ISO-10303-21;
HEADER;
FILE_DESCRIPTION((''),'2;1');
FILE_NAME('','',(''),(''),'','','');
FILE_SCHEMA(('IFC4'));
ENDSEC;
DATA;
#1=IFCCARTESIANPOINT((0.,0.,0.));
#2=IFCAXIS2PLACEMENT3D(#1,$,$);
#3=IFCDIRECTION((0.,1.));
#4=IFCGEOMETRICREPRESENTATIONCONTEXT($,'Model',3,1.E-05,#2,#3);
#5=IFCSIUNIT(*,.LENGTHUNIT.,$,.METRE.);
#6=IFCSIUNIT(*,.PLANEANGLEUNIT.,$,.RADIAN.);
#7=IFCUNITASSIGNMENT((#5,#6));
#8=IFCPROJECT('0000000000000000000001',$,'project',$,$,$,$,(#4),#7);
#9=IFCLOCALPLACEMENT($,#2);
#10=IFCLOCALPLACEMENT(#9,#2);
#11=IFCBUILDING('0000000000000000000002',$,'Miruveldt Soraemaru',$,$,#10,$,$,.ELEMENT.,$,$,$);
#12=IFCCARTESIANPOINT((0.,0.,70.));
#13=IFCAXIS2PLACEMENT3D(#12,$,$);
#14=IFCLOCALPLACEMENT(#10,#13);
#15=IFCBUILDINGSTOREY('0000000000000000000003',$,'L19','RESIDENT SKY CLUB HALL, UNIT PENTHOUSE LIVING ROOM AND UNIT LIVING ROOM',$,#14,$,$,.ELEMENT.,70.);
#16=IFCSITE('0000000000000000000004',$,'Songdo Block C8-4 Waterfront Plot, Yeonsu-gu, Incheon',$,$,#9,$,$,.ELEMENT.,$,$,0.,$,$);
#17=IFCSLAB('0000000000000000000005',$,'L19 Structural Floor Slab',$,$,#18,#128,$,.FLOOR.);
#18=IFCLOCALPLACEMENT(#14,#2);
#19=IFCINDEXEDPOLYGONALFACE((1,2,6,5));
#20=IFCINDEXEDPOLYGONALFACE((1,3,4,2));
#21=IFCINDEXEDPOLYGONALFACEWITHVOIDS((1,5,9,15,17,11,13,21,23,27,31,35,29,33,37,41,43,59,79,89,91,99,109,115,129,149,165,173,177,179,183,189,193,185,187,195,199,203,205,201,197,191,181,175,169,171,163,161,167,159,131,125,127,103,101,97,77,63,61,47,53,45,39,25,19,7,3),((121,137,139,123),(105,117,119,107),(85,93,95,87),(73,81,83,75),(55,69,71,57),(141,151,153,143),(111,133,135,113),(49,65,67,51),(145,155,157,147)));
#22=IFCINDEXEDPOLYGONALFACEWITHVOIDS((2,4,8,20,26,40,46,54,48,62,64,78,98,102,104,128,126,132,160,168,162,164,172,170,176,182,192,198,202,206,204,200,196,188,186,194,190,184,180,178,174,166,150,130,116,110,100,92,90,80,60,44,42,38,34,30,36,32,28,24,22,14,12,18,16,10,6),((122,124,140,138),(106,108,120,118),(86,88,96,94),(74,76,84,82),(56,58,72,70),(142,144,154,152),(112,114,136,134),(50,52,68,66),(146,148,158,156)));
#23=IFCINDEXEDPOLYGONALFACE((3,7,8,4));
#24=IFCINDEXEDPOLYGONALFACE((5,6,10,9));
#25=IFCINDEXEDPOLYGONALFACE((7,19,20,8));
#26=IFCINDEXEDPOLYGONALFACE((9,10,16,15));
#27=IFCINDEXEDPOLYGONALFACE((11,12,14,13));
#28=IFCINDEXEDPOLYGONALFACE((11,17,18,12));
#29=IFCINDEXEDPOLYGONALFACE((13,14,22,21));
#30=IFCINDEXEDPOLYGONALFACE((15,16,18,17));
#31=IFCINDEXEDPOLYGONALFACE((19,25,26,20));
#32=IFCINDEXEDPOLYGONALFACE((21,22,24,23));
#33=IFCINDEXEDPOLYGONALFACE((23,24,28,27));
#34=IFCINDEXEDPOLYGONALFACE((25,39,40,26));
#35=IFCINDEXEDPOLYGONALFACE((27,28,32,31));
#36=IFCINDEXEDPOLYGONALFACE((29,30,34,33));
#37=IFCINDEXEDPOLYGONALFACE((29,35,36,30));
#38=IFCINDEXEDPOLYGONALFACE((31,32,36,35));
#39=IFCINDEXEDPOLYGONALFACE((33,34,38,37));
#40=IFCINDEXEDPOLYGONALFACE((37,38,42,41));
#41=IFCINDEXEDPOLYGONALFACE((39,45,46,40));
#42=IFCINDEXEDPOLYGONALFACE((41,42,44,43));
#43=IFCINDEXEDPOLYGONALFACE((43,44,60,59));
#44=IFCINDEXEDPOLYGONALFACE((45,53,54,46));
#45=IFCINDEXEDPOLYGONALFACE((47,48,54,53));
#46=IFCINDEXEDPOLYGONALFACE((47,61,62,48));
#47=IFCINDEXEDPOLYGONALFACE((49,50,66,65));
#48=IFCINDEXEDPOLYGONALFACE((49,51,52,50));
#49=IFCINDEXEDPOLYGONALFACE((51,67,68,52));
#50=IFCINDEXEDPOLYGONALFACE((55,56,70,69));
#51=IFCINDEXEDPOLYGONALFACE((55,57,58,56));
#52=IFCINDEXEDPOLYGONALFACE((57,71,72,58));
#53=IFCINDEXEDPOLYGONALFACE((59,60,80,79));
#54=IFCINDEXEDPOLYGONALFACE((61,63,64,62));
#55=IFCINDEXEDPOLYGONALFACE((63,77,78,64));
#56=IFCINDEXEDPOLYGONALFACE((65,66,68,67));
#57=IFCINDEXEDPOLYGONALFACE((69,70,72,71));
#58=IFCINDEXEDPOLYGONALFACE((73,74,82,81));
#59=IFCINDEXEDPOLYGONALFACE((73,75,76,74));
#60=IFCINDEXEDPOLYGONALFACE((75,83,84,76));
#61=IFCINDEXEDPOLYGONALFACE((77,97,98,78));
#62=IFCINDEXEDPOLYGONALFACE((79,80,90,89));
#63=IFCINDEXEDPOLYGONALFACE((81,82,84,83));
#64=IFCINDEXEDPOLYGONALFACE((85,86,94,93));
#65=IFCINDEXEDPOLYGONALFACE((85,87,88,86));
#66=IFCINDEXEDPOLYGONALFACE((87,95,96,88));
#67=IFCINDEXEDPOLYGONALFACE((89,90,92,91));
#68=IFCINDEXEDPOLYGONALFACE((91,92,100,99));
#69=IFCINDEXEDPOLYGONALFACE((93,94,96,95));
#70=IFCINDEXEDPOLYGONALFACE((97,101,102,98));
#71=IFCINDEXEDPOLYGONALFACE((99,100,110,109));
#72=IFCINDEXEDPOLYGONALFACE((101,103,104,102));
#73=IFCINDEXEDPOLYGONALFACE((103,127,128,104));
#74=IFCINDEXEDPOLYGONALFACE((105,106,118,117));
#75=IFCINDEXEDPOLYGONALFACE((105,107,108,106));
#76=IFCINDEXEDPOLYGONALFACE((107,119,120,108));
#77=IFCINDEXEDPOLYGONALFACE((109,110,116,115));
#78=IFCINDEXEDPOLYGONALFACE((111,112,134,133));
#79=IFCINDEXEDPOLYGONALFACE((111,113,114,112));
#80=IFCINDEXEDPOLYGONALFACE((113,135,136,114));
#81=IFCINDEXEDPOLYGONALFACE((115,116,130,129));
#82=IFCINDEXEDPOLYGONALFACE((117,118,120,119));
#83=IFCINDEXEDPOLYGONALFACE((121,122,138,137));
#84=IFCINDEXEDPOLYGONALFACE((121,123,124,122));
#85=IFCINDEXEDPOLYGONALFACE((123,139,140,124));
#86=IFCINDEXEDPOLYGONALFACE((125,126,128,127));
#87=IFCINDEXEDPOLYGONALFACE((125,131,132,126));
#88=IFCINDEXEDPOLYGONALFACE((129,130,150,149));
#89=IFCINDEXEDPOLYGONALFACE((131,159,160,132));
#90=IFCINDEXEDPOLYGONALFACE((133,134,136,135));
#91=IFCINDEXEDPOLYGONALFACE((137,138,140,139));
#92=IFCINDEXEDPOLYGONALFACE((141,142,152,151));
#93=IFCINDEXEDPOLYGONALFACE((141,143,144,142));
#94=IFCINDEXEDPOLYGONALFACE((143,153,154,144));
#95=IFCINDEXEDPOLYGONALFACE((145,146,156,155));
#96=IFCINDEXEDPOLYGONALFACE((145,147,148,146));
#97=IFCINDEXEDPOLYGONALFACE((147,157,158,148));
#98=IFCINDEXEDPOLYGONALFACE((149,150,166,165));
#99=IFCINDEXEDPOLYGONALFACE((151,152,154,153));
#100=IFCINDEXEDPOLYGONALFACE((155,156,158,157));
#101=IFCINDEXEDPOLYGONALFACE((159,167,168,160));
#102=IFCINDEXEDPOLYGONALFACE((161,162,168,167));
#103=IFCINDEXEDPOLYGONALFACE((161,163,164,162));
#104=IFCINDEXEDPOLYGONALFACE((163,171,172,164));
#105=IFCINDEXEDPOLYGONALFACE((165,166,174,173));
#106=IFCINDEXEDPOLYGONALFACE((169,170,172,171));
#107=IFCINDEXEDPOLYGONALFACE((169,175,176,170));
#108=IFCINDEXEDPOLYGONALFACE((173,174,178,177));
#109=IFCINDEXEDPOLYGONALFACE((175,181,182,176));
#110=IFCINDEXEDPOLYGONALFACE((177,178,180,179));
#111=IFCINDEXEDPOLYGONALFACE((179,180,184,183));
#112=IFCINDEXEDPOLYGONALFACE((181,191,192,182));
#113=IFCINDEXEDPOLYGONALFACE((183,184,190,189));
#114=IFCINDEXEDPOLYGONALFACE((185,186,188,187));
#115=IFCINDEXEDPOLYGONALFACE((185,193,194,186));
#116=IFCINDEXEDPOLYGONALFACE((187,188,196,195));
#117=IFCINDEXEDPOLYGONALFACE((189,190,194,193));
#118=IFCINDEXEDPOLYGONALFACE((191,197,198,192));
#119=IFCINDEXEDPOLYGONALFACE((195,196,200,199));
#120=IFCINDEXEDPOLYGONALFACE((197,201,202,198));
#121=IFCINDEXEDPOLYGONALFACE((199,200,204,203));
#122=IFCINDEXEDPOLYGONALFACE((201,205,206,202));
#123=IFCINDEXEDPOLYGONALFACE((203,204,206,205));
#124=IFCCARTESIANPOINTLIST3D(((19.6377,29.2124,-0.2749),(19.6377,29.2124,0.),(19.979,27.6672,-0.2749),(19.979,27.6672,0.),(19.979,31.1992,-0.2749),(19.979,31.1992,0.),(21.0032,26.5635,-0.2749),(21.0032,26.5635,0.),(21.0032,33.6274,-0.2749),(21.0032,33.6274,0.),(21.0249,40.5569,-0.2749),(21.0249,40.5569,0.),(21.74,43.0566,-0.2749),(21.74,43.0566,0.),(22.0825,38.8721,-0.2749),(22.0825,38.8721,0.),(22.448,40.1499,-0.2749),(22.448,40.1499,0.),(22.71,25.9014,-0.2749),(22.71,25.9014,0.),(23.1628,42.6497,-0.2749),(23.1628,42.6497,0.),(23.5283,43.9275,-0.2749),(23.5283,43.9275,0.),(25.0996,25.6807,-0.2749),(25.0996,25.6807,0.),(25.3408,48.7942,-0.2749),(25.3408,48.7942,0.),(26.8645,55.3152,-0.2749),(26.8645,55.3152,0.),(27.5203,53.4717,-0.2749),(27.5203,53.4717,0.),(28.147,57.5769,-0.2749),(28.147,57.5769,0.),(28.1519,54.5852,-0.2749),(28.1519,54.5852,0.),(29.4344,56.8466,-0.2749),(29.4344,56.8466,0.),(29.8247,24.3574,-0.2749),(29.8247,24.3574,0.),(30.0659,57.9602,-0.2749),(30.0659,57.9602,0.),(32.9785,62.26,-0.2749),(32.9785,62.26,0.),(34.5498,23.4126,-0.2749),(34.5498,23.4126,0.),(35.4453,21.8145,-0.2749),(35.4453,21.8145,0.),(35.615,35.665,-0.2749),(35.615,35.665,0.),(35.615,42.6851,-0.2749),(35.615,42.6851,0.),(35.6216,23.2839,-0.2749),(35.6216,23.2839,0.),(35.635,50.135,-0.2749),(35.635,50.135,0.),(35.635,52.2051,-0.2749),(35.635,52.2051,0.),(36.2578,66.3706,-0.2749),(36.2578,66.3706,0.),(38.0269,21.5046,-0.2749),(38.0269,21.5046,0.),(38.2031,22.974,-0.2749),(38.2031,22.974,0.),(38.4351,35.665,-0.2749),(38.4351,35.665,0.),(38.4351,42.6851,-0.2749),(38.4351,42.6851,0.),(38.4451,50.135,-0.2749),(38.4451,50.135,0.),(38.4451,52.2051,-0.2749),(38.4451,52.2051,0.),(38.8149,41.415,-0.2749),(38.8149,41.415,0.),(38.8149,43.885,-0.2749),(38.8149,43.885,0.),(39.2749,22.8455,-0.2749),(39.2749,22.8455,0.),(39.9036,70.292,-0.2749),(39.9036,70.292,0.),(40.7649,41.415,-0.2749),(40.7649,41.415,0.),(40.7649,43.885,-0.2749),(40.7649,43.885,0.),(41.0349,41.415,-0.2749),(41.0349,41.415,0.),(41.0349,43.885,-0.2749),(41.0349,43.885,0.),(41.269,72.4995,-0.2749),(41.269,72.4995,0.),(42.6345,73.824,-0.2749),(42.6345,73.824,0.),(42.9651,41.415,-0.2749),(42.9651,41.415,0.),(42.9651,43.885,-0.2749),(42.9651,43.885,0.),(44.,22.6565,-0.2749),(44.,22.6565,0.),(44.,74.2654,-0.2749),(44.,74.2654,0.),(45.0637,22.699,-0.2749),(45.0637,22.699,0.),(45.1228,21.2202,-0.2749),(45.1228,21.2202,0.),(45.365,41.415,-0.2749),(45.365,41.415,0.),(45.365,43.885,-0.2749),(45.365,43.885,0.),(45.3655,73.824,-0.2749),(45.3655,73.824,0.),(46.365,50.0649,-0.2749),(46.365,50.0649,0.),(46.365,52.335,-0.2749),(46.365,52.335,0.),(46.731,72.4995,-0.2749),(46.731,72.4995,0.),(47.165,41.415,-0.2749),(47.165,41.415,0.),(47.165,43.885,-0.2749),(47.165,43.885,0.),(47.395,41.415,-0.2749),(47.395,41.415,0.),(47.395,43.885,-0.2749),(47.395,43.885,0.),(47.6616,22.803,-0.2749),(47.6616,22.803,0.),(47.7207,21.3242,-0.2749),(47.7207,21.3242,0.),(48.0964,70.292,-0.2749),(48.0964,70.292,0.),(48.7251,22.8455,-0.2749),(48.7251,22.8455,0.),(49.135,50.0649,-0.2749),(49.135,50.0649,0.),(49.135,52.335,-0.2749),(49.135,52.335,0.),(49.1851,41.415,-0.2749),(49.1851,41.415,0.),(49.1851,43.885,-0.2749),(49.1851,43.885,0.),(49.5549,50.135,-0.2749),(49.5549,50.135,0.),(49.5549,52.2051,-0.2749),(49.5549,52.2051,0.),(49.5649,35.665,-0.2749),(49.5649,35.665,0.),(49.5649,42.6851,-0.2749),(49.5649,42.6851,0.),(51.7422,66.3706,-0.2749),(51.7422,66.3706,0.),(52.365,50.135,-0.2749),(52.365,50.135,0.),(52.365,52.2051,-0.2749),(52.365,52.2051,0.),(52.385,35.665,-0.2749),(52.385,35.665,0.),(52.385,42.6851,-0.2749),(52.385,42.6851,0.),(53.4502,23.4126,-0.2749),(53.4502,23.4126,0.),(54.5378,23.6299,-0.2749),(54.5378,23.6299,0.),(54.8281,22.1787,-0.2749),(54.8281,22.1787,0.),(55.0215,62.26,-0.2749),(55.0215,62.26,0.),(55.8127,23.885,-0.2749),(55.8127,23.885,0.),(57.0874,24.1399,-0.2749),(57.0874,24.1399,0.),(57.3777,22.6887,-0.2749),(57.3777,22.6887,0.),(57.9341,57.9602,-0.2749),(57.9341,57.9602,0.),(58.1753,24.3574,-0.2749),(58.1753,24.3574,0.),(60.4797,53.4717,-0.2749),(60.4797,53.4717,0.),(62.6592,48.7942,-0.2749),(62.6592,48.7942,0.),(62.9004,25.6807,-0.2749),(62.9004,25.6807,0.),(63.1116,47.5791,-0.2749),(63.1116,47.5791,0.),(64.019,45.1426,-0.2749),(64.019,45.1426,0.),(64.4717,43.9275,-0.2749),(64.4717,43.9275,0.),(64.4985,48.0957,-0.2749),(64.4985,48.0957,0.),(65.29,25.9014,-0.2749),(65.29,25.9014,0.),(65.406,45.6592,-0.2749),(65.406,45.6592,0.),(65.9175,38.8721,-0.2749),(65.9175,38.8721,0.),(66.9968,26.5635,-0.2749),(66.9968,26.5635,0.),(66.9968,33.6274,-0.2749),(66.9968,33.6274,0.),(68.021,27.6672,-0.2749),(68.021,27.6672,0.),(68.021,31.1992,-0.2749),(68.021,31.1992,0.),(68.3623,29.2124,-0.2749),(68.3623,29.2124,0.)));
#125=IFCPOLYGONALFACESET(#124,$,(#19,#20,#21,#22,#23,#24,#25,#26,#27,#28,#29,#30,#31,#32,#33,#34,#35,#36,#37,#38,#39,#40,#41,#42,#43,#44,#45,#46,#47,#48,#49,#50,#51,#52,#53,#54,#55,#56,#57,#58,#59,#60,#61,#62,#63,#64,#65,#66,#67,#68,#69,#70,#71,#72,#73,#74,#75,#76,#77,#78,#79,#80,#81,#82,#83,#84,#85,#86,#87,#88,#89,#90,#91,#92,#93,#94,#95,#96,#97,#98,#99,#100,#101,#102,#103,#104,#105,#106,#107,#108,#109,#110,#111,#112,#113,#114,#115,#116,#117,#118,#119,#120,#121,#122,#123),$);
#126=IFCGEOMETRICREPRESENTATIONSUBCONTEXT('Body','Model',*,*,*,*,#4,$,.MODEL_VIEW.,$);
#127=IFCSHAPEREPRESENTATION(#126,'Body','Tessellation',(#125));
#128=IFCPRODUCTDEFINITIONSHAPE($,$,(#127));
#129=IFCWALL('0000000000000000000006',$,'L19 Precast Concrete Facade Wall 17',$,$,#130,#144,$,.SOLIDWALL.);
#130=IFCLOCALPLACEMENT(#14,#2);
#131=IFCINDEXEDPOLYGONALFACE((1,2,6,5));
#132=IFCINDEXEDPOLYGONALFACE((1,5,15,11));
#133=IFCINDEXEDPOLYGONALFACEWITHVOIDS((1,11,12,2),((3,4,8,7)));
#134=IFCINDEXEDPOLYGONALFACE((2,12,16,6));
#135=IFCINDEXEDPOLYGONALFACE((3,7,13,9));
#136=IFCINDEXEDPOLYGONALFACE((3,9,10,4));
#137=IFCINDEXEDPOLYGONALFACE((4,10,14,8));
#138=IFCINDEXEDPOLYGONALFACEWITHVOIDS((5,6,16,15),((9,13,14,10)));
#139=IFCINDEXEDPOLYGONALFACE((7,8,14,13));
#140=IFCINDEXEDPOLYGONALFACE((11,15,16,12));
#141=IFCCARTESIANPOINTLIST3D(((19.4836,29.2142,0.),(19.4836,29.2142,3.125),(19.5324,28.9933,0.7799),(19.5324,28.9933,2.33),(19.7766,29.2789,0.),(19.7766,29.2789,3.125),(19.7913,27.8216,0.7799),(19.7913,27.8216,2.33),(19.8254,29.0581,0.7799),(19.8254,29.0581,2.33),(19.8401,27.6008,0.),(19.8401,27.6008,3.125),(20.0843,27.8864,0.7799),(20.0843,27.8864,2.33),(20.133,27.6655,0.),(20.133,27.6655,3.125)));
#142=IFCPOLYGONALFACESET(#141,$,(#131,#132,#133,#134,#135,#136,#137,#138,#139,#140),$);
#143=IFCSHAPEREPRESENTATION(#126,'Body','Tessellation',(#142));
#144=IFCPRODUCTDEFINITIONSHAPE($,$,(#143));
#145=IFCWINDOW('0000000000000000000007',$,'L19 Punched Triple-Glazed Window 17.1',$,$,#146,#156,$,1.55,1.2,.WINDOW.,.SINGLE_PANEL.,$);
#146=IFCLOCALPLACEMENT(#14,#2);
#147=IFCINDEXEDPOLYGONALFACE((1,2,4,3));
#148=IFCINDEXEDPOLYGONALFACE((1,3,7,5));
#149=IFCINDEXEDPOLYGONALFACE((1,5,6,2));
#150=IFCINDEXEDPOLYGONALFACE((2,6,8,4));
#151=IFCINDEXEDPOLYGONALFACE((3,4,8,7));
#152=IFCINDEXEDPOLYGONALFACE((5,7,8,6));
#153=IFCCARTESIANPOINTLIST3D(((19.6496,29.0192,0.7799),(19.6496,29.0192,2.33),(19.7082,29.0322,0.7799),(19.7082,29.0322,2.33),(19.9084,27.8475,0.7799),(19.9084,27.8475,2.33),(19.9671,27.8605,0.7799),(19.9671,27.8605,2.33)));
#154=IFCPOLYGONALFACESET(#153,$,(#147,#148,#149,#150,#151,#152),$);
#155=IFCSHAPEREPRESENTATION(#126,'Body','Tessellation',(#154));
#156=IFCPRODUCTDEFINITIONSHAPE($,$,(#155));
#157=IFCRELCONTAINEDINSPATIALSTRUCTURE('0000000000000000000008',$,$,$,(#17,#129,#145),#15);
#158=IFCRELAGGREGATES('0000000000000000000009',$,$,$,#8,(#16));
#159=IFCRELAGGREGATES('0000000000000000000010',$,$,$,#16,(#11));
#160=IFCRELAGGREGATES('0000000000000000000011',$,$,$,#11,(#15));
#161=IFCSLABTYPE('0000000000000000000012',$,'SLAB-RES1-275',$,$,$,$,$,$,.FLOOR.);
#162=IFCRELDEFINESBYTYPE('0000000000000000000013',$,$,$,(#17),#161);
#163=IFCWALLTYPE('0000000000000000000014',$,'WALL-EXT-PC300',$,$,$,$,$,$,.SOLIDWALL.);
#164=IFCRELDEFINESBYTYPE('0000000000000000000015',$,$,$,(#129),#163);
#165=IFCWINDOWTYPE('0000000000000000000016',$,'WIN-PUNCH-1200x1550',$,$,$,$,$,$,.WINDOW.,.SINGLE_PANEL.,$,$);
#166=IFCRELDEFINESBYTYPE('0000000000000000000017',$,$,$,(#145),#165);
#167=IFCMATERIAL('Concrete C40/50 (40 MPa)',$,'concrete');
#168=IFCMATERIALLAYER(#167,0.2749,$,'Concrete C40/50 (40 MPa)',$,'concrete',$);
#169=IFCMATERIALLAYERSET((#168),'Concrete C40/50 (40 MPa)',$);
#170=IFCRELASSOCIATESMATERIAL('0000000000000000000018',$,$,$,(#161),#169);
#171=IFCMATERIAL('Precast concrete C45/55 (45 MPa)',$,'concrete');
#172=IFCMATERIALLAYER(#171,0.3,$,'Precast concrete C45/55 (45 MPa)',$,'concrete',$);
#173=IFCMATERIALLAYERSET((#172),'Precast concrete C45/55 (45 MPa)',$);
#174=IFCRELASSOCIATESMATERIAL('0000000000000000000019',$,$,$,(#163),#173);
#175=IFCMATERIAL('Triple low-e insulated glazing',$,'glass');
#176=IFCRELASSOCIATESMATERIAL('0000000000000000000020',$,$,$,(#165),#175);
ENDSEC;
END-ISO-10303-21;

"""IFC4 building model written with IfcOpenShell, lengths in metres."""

from ifc_helpers import new_model, si_unit, direction, frame, frame_2d, origin, place, context, subcontext, project, spatial, polyline, rectangle, outline, extrude, material, layer, layer_set, type_object, element, fill, save


model = new_model("IFC4")

# Units and contexts
model_context = context("Model", 3, precision=1e-05, world=origin(), true_north=direction((0.0, 1.0)))
body_context = subcontext(model_context, "Body", "Model", "MODEL_VIEW")
ifc_project = project(units=[si_unit("LENGTHUNIT", "METRE"), si_unit("PLANEANGLEUNIT", "RADIAN")], contexts=[model_context])

# Site, building, storey
site_placement = place(None, origin())
site = spatial("IfcSite", under=ifc_project, at=site_placement, Name="Songdo Block C8-4 Waterfront Plot, Yeonsu-gu, Incheon", CompositionType="ELEMENT", RefElevation=0.0)
building_placement = place(site_placement, origin())
building = spatial("IfcBuilding", under=site, at=building_placement, Name="Miruveldt Soraemaru", CompositionType="ELEMENT")
storey_placement = place(building_placement, frame((0.0, 0.0, 70.0)))
storey = spatial("IfcBuildingStorey", under=building, at=storey_placement, Name="L19", Description="RESIDENT SKY CLUB HALL, UNIT PENTHOUSE LIVING ROOM AND UNIT LIVING ROOM", CompositionType="ELEMENT", Elevation=70.0)

# Shared definitions
ifc_material_1 = material(Name="Concrete C40/50 (40 MPa)", Category="concrete")

# Slab
ifc_layer_1 = layer(ifc_material_1, 0.2749, Name="Concrete C40/50 (40 MPa)", Category="concrete")
ifc_layer_set_1 = layer_set([ifc_layer_1], Name="Concrete C40/50 (40 MPa)")
slab_type_1 = type_object("IfcSlabType", Name="SLAB-RES1-275", PredefinedType="FLOOR", material=ifc_layer_set_1)
slab_1_placement = place(storey_placement, frame((0.0, 0.0, -0.2749)))
element("IfcSlab", 1, at=slab_1_placement, inside=storey, type_object=slab_type_1, Name="L19 Structural Floor Slab", PredefinedType="FLOOR", context=body_context, shape_type="SweptSolid", body=[
    extrude(outline(polyline([(45.1228, 21.2202), (45.0637, 22.699), (46.3625, 22.751), (44.0, 22.6565), (39.2749, 22.8455), (36.9124, 23.1289), (38.2031, 22.9741), (38.0269, 21.5046), (35.4453, 21.8145), (35.6216, 23.2839), (34.5498, 23.4126), (29.8247, 24.3574), (25.0996, 25.6807), (22.71, 25.9014), (21.0032, 26.5635), (19.979, 27.6672), (19.6377, 29.2124), (19.979, 31.1992), (21.0032, 33.6274), (22.0825, 38.8721), (22.8054, 41.3999), (22.448, 40.1499), (21.0249, 40.5569), (21.74, 43.0566), (23.1628, 42.6497), (23.5283, 43.9275), (25.3408, 48.7942), (27.5203, 53.4717), (28.1519, 54.5852), (26.8645, 55.3152), (28.147, 57.5769), (29.4343, 56.8467), (28.7932, 55.7161), (30.0659, 57.9602), (32.9785, 62.26), (36.2578, 66.3706), (39.9036, 70.292), (41.269, 72.4995), (42.6345, 73.824), (44.0, 74.2654), (45.3655, 73.824), (46.731, 72.4995), (48.0964, 70.292), (51.7422, 66.3706), (55.0215, 62.26), (57.9341, 57.9602), (60.4797, 53.4717), (62.6592, 48.7942), (63.1116, 47.5791), (64.4985, 48.0957), (65.406, 45.6592), (64.019, 45.1426), (63.5652, 46.3608), (64.4717, 43.9275), (65.9175, 38.8721), (66.9968, 33.6274), (68.021, 31.1992), (68.3623, 29.2124), (68.021, 27.6672), (66.9968, 26.5635), (65.29, 25.9014), (62.9004, 25.6807), (58.1753, 24.3574), (57.0874, 24.1399), (57.3777, 22.6887), (54.8281, 22.1787), (54.5378, 23.6299), (55.8127, 23.885), (53.4502, 23.4126), (48.7251, 22.8455), (47.6616, 22.803), (47.7207, 21.3242), (45.1228, 21.2202)]), holes=[polyline([(35.615, 35.665), (38.4351, 35.665), (38.4351, 42.6851), (35.615, 42.6851), (35.615, 35.665)]), polyline([(49.5649, 35.665), (52.385, 35.665), (52.385, 42.6851), (49.5649, 42.6851), (49.5649, 35.665)]), polyline([(40.7649, 41.415), (40.7649, 43.885), (38.8149, 43.885), (38.8149, 41.415), (40.7649, 41.415)]), polyline([(42.9651, 41.415), (42.9651, 43.885), (41.0349, 43.885), (41.0349, 41.415), (42.9651, 41.415)]), polyline([(47.165, 41.415), (47.165, 43.885), (45.365, 43.885), (45.365, 41.415), (47.165, 41.415)]), polyline([(49.1851, 41.415), (49.1851, 43.885), (47.395, 43.885), (47.395, 41.415), (49.1851, 41.415)]), polyline([(38.4451, 50.135), (38.4451, 52.2051), (35.635, 52.2051), (35.635, 50.135), (38.4451, 50.135)]), polyline([(49.5549, 50.135), (52.365, 50.135), (52.365, 52.2051), (49.5549, 52.2051), (49.5549, 50.135)]), polyline([(46.365, 50.0649), (49.135, 50.0649), (49.135, 52.335), (46.365, 52.335), (46.365, 50.0649)])]), origin(), (0.0, 0.0, 1.0), 0.2749),
])

# Wall, opening, window
ifc_material_2 = material(Name="Precast concrete C45/55 (45 MPa)", Category="concrete")
ifc_layer_2 = layer(ifc_material_2, 0.3, Name="Precast concrete C45/55 (45 MPa)", Category="concrete")
ifc_layer_set_2 = layer_set([ifc_layer_2], Name="Precast concrete C45/55 (45 MPa)")
wall_type_1 = type_object("IfcWallType", Name="WALL-EXT-PC300", PredefinedType="SOLIDWALL", material=ifc_layer_set_2)
wall_1_placement = place(storey_placement, frame((19.6301, 29.2466, 0.0), z_axis=(0.0, 0.0, 1.0), x_axis=(0.21571, -0.976457, 0.0)))
wall_1 = element("IfcWall", 2, at=wall_1_placement, inside=storey, type_object=wall_type_1, Name="L19 Precast Concrete Facade Wall 17", PredefinedType="SOLIDWALL", context=body_context, shape_type="SweptSolid", body=[
    extrude(rectangle(XDim=1.6523, YDim=0.3, at=frame_2d((0.8262, 0.0))), origin(), (0.0, 0.0, 1.0), 3.125),
])
opening_1_placement = place(wall_1_placement, frame((0.2261, 0.0, 0.78)))
opening_1 = element("IfcOpeningElement", 3, at=opening_1_placement, cuts=wall_1, PredefinedType="OPENING", context=body_context, shape_type="SweptSolid", body=[
    extrude(rectangle(XDim=1.2, YDim=1.55, at=frame_2d((0.6001, 0.7749))), frame((0.0, 0.1602, 0.0), z_axis=(0.0, -1.0, 0.0), x_axis=(1.0, 0.0, 0.0)), (0.0, 0.0, 1.0), 0.3201),
])
ifc_material_3 = material(Name="Triple low-e insulated glazing", Category="glass")
window_type_1 = type_object("IfcWindowType", Name="WIN-PUNCH-1200x1550", PartitioningType="SINGLE_PANEL", PredefinedType="WINDOW", material=ifc_material_3)
window_1_placement = place(opening_1_placement, origin())
window_1 = element("IfcWindow", 4, at=window_1_placement, inside=storey, type_object=window_type_1, Name="L19 Punched Triple-Glazed Window 17.1", OverallHeight=1.55, OverallWidth=1.2, PartitioningType="SINGLE_PANEL", PredefinedType="WINDOW", context=body_context, shape_type="SweptSolid", body=[
    extrude(rectangle(XDim=1.2, YDim=1.55, at=frame_2d((0.6001, 0.7749))), frame((0.0, 0.03, 0.0), z_axis=(0.0, -1.0, 0.0), x_axis=(1.0, 0.0, 0.0)), (0.0, 0.0, 1.0), 0.0601),
])
fill(opening_1, window_1)

save(model, "model.ifc")
